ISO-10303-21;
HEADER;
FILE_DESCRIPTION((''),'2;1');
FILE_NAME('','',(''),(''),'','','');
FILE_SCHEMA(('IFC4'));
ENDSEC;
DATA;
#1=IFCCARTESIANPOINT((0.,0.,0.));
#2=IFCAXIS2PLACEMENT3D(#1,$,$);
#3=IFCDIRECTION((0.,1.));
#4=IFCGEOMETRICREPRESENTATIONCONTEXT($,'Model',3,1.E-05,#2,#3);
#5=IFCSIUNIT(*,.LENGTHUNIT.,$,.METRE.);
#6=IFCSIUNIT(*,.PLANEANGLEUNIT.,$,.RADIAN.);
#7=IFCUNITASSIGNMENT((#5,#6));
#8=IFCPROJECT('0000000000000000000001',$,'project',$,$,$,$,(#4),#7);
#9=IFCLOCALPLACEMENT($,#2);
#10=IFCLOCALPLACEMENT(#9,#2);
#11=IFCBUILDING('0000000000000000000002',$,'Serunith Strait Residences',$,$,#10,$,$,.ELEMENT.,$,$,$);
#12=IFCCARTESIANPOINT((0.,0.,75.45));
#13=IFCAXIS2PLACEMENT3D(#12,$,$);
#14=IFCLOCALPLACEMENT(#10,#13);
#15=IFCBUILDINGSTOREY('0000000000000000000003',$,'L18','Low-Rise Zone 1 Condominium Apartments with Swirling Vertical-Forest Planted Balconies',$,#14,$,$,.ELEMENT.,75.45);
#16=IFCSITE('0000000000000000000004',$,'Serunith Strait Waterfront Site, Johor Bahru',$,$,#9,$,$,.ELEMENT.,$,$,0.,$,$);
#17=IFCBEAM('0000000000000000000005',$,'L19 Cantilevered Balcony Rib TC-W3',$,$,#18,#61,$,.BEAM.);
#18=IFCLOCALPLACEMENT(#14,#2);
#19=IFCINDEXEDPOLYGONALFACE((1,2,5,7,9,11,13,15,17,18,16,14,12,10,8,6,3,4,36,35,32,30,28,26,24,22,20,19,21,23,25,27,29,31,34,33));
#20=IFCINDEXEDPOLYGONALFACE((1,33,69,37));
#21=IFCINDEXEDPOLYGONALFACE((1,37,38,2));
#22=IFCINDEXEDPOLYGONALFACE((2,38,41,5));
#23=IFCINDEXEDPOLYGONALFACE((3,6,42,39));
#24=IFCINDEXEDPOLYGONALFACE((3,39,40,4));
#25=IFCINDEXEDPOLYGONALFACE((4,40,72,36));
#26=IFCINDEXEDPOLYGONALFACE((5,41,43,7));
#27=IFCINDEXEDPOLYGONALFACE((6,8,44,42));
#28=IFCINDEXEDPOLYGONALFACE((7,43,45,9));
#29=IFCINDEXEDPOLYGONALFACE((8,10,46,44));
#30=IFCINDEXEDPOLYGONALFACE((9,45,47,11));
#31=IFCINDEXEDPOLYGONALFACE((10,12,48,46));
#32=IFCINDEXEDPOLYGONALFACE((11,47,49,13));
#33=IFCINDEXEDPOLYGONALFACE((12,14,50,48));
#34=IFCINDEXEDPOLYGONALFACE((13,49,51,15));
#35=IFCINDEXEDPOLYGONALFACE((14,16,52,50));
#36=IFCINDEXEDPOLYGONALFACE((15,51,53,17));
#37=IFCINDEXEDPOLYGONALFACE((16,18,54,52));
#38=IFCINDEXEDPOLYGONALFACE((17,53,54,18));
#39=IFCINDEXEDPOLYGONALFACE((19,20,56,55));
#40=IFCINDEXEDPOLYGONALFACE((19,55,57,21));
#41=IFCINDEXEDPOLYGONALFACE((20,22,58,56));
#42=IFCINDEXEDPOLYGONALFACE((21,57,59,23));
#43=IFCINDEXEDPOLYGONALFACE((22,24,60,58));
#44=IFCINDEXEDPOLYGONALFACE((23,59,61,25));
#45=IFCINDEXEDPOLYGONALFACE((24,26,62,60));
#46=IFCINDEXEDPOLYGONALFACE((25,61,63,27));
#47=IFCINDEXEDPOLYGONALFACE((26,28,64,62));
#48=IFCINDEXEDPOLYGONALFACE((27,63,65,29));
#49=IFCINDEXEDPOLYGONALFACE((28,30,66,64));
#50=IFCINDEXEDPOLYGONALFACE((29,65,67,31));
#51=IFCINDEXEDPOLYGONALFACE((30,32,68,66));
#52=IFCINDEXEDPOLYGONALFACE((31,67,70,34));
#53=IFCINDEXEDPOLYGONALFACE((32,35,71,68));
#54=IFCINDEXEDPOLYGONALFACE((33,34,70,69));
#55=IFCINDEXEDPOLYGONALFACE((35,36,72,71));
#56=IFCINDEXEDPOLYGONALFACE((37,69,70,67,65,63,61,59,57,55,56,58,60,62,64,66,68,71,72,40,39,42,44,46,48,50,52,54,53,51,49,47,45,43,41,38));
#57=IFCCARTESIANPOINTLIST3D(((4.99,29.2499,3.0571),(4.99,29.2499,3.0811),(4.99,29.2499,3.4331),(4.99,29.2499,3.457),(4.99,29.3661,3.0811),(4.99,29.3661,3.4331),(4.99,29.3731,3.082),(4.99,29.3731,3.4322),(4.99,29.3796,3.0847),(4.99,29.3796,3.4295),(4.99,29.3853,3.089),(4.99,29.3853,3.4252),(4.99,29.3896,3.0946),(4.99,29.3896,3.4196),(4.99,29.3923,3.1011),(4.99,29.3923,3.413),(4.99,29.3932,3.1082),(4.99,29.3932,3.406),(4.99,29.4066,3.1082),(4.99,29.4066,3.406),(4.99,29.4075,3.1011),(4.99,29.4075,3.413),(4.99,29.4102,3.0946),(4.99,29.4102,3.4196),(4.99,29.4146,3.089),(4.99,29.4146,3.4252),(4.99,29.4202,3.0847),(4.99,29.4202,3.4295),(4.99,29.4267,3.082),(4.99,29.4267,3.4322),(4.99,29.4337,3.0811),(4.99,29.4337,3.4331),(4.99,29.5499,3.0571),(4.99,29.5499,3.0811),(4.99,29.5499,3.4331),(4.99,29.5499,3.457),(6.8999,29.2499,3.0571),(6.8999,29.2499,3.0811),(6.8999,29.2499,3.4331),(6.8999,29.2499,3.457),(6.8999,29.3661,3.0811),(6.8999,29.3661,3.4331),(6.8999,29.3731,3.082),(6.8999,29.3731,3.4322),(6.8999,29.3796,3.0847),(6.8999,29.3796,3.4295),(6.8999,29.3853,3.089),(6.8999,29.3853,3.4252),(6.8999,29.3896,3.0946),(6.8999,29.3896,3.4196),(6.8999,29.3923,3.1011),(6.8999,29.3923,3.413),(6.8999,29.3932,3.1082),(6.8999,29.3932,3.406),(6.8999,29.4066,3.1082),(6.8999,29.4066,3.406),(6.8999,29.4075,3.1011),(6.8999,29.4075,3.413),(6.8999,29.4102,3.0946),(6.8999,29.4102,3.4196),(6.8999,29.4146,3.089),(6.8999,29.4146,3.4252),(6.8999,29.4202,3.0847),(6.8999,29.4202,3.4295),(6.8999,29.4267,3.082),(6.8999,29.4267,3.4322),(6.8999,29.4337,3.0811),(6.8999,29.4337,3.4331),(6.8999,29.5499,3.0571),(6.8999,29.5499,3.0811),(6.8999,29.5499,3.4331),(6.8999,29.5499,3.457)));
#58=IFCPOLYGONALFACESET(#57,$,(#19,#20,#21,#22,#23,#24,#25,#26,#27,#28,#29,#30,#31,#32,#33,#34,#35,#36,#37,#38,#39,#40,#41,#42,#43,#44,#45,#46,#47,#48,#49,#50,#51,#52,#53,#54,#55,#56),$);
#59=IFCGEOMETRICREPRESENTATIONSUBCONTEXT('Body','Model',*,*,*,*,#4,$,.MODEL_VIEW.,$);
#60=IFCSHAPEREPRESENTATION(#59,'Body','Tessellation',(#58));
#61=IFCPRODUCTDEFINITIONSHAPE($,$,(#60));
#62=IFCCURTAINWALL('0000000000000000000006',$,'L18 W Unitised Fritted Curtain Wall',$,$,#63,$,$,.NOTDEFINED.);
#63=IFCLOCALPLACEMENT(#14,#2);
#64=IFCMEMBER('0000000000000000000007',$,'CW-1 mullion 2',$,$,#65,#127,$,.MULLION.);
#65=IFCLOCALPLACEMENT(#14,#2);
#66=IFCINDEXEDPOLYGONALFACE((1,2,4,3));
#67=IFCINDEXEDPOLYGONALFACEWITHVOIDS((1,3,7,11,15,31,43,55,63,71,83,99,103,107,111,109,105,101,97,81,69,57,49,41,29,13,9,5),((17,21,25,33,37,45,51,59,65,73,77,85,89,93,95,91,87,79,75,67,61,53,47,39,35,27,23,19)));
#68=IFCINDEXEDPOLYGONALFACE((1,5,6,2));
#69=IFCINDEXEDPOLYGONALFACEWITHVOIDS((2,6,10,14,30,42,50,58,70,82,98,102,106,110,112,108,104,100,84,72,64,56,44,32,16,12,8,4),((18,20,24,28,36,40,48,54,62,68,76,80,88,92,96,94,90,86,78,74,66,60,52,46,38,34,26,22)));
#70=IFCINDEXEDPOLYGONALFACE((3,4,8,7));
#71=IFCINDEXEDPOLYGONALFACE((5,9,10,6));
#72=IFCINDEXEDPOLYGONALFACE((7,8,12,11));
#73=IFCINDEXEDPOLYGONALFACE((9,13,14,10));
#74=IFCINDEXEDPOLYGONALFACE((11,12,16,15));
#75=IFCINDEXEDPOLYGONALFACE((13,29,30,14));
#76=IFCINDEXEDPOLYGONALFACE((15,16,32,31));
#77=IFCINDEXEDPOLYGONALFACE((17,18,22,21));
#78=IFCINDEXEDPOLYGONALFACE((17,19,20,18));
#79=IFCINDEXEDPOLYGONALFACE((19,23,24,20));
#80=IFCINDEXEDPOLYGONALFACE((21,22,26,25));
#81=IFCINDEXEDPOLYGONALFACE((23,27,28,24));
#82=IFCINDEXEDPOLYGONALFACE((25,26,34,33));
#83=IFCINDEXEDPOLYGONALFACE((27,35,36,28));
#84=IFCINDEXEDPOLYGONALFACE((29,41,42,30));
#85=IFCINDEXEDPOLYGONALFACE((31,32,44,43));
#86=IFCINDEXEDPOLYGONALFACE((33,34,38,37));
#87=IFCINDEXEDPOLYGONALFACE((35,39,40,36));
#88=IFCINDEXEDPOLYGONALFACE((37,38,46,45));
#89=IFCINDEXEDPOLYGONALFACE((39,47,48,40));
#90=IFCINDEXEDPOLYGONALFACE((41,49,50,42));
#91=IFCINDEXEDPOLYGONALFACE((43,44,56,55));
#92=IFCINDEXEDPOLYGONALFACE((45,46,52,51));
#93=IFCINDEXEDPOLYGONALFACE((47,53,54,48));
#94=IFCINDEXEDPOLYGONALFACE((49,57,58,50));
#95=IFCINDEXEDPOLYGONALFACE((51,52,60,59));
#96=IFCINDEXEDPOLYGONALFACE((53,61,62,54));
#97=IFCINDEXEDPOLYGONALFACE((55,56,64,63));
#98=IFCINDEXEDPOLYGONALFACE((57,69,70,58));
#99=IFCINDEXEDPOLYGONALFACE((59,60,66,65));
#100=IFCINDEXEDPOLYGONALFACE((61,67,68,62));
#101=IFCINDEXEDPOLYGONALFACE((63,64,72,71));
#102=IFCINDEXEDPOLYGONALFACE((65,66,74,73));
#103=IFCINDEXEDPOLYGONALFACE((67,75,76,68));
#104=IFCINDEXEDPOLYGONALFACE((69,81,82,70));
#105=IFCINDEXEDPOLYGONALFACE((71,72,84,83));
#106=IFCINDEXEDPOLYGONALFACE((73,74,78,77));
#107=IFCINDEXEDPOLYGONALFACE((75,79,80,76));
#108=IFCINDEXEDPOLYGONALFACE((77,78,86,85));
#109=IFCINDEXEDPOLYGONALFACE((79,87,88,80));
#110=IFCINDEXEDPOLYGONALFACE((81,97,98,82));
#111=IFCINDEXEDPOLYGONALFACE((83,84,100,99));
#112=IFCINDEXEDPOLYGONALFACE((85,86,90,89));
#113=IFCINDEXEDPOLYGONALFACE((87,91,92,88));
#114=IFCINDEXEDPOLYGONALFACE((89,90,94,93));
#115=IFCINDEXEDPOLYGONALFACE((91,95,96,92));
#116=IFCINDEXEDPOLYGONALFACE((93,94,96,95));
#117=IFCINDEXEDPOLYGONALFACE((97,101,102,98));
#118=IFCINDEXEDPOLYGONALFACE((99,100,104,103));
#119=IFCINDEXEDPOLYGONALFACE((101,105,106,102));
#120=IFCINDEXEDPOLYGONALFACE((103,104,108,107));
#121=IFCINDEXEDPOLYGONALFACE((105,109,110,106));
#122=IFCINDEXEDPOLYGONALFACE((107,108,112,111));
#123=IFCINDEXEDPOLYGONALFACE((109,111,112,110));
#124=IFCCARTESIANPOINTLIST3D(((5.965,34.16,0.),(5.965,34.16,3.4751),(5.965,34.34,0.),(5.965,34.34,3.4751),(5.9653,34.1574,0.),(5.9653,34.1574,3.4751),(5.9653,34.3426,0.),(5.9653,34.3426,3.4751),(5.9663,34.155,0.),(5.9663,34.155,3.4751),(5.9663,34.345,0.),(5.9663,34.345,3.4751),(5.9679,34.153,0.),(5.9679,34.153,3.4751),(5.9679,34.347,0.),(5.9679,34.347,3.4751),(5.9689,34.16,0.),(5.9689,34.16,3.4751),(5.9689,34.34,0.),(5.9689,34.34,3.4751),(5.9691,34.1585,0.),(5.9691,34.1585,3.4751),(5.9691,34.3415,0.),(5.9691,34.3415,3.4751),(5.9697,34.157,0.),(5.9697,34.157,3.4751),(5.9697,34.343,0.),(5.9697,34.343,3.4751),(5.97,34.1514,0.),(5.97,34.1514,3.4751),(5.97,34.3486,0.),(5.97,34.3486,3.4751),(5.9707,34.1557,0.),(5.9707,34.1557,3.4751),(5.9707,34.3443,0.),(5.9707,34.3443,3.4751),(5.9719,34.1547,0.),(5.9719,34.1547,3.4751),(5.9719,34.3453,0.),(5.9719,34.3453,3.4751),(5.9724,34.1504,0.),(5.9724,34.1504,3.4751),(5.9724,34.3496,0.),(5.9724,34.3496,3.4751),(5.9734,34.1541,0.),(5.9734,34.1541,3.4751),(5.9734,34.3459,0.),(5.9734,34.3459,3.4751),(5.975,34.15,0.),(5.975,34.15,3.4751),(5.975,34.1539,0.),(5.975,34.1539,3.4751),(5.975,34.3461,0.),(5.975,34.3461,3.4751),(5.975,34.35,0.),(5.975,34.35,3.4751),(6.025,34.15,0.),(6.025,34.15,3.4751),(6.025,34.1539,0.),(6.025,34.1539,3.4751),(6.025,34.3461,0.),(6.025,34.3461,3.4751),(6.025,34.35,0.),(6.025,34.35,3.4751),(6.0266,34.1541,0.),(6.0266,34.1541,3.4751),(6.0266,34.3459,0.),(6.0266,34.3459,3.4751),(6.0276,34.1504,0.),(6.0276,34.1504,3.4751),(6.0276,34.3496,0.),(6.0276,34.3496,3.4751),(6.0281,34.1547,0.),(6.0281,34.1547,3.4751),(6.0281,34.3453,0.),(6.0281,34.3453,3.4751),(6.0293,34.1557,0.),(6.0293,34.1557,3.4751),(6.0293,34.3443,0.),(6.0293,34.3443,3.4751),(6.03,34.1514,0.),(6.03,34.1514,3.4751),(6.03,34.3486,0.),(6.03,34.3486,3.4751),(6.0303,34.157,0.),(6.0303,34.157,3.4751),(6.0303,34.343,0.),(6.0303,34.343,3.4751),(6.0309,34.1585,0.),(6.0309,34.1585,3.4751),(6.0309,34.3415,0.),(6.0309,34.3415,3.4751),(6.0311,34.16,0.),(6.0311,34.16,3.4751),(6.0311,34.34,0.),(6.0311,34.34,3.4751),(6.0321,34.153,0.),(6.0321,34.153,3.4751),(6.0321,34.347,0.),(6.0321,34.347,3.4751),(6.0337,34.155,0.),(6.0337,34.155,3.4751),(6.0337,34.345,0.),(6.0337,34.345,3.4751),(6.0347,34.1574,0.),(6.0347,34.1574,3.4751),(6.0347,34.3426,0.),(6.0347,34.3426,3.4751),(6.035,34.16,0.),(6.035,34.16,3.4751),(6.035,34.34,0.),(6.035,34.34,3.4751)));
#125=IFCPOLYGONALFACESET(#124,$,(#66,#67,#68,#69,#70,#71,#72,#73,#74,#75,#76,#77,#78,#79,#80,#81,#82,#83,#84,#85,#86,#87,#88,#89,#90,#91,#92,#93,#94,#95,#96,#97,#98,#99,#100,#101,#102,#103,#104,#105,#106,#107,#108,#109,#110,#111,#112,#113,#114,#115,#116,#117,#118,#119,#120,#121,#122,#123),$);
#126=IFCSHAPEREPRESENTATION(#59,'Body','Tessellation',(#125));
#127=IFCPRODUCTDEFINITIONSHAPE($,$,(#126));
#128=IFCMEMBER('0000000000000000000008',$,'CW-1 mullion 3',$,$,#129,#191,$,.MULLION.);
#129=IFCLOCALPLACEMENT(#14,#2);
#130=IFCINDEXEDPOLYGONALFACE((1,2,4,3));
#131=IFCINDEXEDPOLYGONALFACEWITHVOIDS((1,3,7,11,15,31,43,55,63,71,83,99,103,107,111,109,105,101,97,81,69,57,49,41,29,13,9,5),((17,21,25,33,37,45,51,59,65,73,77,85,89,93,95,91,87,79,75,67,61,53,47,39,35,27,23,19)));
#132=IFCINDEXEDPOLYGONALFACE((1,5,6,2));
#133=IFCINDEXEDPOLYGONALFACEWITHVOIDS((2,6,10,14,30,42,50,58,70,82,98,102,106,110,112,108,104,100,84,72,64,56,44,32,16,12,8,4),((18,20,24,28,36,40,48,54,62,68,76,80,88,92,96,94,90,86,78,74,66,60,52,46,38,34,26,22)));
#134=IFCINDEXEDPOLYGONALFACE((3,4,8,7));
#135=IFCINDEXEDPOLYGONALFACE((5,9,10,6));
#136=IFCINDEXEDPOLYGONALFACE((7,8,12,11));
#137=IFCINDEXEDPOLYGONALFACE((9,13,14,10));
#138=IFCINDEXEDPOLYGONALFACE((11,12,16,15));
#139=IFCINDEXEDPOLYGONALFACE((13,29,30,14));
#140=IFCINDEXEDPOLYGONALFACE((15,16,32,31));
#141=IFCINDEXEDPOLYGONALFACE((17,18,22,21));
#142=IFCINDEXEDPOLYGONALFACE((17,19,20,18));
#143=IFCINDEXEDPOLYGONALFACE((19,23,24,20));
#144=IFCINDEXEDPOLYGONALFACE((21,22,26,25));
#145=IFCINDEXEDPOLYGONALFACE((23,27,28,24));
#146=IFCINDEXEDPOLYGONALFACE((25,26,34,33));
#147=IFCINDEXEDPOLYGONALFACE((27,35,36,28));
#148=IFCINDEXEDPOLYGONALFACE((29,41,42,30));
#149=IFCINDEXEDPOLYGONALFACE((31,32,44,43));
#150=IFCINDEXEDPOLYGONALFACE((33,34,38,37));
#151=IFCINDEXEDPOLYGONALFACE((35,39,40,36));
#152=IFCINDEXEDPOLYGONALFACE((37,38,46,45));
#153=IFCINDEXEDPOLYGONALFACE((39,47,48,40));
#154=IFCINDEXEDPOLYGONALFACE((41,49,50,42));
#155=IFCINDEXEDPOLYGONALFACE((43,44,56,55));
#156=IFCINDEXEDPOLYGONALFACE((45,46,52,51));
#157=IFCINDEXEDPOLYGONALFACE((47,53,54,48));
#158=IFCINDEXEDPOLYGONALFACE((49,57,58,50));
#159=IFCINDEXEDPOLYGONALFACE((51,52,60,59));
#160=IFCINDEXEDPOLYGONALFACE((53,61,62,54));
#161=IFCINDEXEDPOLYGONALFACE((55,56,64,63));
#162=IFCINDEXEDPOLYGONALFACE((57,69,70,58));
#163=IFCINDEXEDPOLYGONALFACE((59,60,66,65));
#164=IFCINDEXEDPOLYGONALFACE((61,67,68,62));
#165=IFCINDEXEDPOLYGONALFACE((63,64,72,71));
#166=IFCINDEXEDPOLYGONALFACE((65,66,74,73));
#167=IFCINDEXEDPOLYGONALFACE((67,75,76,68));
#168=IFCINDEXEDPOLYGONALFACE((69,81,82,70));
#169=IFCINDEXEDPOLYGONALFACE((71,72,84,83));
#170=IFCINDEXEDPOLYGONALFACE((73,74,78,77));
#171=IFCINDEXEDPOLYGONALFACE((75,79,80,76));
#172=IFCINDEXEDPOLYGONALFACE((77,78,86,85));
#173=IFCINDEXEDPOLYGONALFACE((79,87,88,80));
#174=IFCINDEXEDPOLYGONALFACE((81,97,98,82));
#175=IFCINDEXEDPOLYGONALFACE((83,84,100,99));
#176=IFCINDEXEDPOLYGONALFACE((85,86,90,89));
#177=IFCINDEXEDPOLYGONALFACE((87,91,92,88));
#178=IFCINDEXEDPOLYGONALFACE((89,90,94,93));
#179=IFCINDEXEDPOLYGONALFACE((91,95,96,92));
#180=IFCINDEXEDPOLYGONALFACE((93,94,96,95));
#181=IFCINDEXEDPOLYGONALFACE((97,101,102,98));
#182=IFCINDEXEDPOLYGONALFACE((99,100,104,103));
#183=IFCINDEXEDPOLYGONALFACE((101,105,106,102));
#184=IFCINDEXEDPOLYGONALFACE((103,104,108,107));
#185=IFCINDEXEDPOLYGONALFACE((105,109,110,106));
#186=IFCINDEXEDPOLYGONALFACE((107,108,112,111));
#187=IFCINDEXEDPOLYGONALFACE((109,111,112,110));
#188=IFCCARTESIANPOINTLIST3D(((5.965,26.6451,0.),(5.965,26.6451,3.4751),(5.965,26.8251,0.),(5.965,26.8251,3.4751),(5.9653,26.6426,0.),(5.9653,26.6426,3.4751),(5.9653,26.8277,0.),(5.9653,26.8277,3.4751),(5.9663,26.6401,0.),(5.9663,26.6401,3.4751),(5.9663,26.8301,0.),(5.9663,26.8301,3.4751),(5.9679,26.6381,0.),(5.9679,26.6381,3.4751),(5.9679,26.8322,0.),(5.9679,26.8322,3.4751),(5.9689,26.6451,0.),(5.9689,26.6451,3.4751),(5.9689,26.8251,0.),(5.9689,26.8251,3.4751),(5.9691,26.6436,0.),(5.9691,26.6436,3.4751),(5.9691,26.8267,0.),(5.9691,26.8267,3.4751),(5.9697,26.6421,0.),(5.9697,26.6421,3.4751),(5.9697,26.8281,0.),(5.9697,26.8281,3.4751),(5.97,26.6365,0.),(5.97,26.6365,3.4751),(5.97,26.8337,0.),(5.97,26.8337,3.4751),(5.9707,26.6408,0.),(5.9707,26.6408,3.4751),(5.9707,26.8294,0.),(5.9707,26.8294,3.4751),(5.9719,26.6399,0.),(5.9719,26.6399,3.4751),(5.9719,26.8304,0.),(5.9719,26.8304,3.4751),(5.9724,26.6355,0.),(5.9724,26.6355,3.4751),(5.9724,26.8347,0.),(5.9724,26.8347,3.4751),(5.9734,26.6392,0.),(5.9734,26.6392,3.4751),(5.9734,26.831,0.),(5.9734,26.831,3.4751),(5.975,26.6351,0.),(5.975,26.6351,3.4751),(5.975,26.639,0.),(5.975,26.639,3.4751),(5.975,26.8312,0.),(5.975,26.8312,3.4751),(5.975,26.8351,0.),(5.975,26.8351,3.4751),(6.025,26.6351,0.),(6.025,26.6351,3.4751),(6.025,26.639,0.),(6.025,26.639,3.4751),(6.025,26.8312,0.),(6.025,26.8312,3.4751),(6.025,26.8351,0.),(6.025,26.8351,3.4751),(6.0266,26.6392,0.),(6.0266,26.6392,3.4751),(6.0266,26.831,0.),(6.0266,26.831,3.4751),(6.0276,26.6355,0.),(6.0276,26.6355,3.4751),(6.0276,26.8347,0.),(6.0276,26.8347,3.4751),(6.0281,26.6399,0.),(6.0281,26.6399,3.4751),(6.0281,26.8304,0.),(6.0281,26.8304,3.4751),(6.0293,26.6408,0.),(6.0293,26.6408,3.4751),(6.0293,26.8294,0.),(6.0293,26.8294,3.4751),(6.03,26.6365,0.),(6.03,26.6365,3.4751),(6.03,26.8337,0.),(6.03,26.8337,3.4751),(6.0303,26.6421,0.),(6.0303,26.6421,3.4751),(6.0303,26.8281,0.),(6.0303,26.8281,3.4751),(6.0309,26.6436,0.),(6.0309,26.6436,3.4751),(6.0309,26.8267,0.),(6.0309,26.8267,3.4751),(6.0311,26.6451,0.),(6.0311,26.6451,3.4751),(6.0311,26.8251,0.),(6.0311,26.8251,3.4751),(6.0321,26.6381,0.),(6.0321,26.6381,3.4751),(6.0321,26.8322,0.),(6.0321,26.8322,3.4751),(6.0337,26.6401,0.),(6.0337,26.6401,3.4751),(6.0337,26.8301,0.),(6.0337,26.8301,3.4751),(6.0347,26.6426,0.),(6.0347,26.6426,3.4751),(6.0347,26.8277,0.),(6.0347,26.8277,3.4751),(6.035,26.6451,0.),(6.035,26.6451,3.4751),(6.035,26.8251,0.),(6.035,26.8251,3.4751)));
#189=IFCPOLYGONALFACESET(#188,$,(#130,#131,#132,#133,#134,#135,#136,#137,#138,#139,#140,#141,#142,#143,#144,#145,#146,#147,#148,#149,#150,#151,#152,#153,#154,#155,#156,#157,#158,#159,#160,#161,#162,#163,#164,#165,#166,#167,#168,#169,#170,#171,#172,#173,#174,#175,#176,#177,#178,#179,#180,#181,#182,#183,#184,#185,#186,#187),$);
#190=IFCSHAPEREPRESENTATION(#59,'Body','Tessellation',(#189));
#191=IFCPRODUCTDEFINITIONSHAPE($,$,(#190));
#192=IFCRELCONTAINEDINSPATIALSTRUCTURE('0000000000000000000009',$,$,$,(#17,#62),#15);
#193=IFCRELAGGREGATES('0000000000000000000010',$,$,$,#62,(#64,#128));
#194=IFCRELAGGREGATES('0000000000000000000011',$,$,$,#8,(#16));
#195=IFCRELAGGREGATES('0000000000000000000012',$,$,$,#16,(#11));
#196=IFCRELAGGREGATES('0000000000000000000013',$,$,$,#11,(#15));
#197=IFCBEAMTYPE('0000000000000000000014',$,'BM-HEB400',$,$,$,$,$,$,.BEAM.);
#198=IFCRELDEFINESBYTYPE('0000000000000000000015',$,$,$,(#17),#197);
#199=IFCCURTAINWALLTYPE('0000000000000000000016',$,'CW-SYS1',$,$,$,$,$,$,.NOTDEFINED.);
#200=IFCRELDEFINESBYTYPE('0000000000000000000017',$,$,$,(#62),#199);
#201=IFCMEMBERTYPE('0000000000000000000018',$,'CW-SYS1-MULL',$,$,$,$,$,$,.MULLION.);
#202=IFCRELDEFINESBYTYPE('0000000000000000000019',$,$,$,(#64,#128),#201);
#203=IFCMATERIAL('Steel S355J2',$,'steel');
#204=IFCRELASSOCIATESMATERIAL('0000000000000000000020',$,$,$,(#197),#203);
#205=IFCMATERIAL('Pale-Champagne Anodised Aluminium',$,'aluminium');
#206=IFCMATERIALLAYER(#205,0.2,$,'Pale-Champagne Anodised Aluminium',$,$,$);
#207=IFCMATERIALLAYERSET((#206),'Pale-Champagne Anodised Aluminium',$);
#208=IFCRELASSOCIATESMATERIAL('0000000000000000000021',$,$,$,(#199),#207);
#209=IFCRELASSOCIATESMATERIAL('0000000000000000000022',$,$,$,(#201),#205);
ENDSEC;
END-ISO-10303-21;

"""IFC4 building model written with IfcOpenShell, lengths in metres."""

from ifc_helpers import new_model, si_unit, direction, frame, origin, origin_2d, place, context, subcontext, project, spatial, hollow_rectangle, i_section, extrude, source, transform, mapped, material, layer, layer_set, material_profile, profile_set, type_object, element, aggregate, save


model = new_model("IFC4")

# Units and contexts
model_context = context("Model", 3, precision=1e-05, world=origin(), true_north=direction((0.0, 1.0)))
body_context = subcontext(model_context, "Body", "Model", "MODEL_VIEW")
ifc_project = project(units=[si_unit("LENGTHUNIT", "METRE"), si_unit("PLANEANGLEUNIT", "RADIAN")], contexts=[model_context])

# Site, building, storey
site_placement = place(None, origin())
site = spatial("IfcSite", under=ifc_project, at=site_placement, Name="Serunith Strait Waterfront Site, Johor Bahru", CompositionType="ELEMENT", RefElevation=0.0)
building_placement = place(site_placement, origin())
building = spatial("IfcBuilding", under=site, at=building_placement, Name="Serunith Strait Residences", CompositionType="ELEMENT")
storey_placement = place(building_placement, frame((0.0, 0.0, 75.45)))
storey = spatial("IfcBuildingStorey", under=building, at=storey_placement, Name="L18", Description="Low-Rise Zone 1 Condominium Apartments with Swirling Vertical-Forest Planted Balconies", CompositionType="ELEMENT", Elevation=75.45)

# Beam
ifc_material_1 = material(Name="Steel S355J2", Category="steel")
ifc_material_profile_1 = material_profile(ifc_material_1, i_section(OverallWidth=0.3, OverallDepth=0.3999, WebThickness=0.0134, FlangeThickness=0.0239, FilletRadius=0.0271, at=origin_2d()), Name="HEB 400")
ifc_profile_set_1 = profile_set([ifc_material_profile_1], Name="Steel S355J2")
beam_type_1 = type_object("IfcBeamType", Name="BM-HEB400", PredefinedType="BEAM", material=ifc_profile_set_1)
shared_shape_1 = source(origin(), body_context, "Body", "SweptSolid", [
    extrude(i_section(OverallWidth=0.3, OverallDepth=0.3999, WebThickness=0.0134, FlangeThickness=0.0239, FilletRadius=0.0271, at=origin_2d()), origin(), (0.0, 0.0, 1.0), 1.9099),
])
beam_1_placement = place(storey_placement, frame((6.8999, 29.3999, 3.2571), z_axis=(-1.0, 0.0, 0.0), x_axis=(0.0, -1.0, 0.0)))
element("IfcBeam", 1, at=beam_1_placement, inside=storey, type_object=beam_type_1, Name="L19 Cantilevered Balcony Rib TC-W3", PredefinedType="BEAM", context=body_context, shape_type="MappedRepresentation", body=[
    mapped(shared_shape_1, transform((0.0, 0.0, 0.0), scale=1.0)),
])

# Curtain wall, members
ifc_material_2 = material(Name="Pale-Champagne Anodised Aluminium", Category="aluminium")
ifc_layer_1 = layer(ifc_material_2, 0.2, Name="Pale-Champagne Anodised Aluminium")
ifc_layer_set_1 = layer_set([ifc_layer_1], Name="Pale-Champagne Anodised Aluminium")
curtain_wall_type = type_object("IfcCurtainWallType", Name="CW-SYS1", PredefinedType="NOTDEFINED", material=ifc_layer_set_1)
curtain_wall_placement = place(storey_placement, origin())
curtain_wall = element("IfcCurtainWall", 2, at=curtain_wall_placement, inside=storey, type_object=curtain_wall_type, Name="L18 W Unitised Fritted Curtain Wall", PredefinedType="NOTDEFINED")
ifc_material_profile_2 = material_profile(ifc_material_2, hollow_rectangle(XDim=0.0701, YDim=0.2, WallThickness=0.0039, InnerFilletRadius=0.0061, OuterFilletRadius=0.01, at=origin_2d()), Name="ALU 200x70x4")
ifc_profile_set_2 = profile_set([ifc_material_profile_2], Name="Pale-Champagne Anodised Aluminium")
member_type_1 = type_object("IfcMemberType", Name="CW-SYS1-MULL", PredefinedType="MULLION", material=ifc_profile_set_2)
shared_shape_2 = source(origin(), body_context, "Body", "SweptSolid", [
    extrude(hollow_rectangle(XDim=0.0701, YDim=0.2, WallThickness=0.0039, InnerFilletRadius=0.0061, OuterFilletRadius=0.01, at=origin_2d()), origin(), (0.0, 0.0, 1.0), 3.4751),
])
member_1_placement = place(storey_placement, frame((6.0, 34.25, 0.0), z_axis=(0.0, 0.0, 1.0), x_axis=(1.0, 0.0, 0.0)))
member_1 = element("IfcMember", 3, at=member_1_placement, type_object=member_type_1, Name="CW-1 mullion 2", PredefinedType="MULLION", context=body_context, shape_type="MappedRepresentation", body=[
    mapped(shared_shape_2, transform((0.0, 0.0, 0.0), scale=1.0)),
])
member_2_placement = place(storey_placement, frame((6.0, 26.7351, 0.0), z_axis=(0.0, 0.0, 1.0), x_axis=(1.0, 0.0, 0.0)))
member_2 = element("IfcMember", 4, at=member_2_placement, type_object=member_type_1, Name="CW-1 mullion 3", PredefinedType="MULLION", context=body_context, shape_type="MappedRepresentation", body=[
    mapped(shared_shape_2, transform((0.0, 0.0, 0.0), scale=1.0)),
])
aggregate(curtain_wall, [member_1, member_2])

save(model, "model.ifc")
